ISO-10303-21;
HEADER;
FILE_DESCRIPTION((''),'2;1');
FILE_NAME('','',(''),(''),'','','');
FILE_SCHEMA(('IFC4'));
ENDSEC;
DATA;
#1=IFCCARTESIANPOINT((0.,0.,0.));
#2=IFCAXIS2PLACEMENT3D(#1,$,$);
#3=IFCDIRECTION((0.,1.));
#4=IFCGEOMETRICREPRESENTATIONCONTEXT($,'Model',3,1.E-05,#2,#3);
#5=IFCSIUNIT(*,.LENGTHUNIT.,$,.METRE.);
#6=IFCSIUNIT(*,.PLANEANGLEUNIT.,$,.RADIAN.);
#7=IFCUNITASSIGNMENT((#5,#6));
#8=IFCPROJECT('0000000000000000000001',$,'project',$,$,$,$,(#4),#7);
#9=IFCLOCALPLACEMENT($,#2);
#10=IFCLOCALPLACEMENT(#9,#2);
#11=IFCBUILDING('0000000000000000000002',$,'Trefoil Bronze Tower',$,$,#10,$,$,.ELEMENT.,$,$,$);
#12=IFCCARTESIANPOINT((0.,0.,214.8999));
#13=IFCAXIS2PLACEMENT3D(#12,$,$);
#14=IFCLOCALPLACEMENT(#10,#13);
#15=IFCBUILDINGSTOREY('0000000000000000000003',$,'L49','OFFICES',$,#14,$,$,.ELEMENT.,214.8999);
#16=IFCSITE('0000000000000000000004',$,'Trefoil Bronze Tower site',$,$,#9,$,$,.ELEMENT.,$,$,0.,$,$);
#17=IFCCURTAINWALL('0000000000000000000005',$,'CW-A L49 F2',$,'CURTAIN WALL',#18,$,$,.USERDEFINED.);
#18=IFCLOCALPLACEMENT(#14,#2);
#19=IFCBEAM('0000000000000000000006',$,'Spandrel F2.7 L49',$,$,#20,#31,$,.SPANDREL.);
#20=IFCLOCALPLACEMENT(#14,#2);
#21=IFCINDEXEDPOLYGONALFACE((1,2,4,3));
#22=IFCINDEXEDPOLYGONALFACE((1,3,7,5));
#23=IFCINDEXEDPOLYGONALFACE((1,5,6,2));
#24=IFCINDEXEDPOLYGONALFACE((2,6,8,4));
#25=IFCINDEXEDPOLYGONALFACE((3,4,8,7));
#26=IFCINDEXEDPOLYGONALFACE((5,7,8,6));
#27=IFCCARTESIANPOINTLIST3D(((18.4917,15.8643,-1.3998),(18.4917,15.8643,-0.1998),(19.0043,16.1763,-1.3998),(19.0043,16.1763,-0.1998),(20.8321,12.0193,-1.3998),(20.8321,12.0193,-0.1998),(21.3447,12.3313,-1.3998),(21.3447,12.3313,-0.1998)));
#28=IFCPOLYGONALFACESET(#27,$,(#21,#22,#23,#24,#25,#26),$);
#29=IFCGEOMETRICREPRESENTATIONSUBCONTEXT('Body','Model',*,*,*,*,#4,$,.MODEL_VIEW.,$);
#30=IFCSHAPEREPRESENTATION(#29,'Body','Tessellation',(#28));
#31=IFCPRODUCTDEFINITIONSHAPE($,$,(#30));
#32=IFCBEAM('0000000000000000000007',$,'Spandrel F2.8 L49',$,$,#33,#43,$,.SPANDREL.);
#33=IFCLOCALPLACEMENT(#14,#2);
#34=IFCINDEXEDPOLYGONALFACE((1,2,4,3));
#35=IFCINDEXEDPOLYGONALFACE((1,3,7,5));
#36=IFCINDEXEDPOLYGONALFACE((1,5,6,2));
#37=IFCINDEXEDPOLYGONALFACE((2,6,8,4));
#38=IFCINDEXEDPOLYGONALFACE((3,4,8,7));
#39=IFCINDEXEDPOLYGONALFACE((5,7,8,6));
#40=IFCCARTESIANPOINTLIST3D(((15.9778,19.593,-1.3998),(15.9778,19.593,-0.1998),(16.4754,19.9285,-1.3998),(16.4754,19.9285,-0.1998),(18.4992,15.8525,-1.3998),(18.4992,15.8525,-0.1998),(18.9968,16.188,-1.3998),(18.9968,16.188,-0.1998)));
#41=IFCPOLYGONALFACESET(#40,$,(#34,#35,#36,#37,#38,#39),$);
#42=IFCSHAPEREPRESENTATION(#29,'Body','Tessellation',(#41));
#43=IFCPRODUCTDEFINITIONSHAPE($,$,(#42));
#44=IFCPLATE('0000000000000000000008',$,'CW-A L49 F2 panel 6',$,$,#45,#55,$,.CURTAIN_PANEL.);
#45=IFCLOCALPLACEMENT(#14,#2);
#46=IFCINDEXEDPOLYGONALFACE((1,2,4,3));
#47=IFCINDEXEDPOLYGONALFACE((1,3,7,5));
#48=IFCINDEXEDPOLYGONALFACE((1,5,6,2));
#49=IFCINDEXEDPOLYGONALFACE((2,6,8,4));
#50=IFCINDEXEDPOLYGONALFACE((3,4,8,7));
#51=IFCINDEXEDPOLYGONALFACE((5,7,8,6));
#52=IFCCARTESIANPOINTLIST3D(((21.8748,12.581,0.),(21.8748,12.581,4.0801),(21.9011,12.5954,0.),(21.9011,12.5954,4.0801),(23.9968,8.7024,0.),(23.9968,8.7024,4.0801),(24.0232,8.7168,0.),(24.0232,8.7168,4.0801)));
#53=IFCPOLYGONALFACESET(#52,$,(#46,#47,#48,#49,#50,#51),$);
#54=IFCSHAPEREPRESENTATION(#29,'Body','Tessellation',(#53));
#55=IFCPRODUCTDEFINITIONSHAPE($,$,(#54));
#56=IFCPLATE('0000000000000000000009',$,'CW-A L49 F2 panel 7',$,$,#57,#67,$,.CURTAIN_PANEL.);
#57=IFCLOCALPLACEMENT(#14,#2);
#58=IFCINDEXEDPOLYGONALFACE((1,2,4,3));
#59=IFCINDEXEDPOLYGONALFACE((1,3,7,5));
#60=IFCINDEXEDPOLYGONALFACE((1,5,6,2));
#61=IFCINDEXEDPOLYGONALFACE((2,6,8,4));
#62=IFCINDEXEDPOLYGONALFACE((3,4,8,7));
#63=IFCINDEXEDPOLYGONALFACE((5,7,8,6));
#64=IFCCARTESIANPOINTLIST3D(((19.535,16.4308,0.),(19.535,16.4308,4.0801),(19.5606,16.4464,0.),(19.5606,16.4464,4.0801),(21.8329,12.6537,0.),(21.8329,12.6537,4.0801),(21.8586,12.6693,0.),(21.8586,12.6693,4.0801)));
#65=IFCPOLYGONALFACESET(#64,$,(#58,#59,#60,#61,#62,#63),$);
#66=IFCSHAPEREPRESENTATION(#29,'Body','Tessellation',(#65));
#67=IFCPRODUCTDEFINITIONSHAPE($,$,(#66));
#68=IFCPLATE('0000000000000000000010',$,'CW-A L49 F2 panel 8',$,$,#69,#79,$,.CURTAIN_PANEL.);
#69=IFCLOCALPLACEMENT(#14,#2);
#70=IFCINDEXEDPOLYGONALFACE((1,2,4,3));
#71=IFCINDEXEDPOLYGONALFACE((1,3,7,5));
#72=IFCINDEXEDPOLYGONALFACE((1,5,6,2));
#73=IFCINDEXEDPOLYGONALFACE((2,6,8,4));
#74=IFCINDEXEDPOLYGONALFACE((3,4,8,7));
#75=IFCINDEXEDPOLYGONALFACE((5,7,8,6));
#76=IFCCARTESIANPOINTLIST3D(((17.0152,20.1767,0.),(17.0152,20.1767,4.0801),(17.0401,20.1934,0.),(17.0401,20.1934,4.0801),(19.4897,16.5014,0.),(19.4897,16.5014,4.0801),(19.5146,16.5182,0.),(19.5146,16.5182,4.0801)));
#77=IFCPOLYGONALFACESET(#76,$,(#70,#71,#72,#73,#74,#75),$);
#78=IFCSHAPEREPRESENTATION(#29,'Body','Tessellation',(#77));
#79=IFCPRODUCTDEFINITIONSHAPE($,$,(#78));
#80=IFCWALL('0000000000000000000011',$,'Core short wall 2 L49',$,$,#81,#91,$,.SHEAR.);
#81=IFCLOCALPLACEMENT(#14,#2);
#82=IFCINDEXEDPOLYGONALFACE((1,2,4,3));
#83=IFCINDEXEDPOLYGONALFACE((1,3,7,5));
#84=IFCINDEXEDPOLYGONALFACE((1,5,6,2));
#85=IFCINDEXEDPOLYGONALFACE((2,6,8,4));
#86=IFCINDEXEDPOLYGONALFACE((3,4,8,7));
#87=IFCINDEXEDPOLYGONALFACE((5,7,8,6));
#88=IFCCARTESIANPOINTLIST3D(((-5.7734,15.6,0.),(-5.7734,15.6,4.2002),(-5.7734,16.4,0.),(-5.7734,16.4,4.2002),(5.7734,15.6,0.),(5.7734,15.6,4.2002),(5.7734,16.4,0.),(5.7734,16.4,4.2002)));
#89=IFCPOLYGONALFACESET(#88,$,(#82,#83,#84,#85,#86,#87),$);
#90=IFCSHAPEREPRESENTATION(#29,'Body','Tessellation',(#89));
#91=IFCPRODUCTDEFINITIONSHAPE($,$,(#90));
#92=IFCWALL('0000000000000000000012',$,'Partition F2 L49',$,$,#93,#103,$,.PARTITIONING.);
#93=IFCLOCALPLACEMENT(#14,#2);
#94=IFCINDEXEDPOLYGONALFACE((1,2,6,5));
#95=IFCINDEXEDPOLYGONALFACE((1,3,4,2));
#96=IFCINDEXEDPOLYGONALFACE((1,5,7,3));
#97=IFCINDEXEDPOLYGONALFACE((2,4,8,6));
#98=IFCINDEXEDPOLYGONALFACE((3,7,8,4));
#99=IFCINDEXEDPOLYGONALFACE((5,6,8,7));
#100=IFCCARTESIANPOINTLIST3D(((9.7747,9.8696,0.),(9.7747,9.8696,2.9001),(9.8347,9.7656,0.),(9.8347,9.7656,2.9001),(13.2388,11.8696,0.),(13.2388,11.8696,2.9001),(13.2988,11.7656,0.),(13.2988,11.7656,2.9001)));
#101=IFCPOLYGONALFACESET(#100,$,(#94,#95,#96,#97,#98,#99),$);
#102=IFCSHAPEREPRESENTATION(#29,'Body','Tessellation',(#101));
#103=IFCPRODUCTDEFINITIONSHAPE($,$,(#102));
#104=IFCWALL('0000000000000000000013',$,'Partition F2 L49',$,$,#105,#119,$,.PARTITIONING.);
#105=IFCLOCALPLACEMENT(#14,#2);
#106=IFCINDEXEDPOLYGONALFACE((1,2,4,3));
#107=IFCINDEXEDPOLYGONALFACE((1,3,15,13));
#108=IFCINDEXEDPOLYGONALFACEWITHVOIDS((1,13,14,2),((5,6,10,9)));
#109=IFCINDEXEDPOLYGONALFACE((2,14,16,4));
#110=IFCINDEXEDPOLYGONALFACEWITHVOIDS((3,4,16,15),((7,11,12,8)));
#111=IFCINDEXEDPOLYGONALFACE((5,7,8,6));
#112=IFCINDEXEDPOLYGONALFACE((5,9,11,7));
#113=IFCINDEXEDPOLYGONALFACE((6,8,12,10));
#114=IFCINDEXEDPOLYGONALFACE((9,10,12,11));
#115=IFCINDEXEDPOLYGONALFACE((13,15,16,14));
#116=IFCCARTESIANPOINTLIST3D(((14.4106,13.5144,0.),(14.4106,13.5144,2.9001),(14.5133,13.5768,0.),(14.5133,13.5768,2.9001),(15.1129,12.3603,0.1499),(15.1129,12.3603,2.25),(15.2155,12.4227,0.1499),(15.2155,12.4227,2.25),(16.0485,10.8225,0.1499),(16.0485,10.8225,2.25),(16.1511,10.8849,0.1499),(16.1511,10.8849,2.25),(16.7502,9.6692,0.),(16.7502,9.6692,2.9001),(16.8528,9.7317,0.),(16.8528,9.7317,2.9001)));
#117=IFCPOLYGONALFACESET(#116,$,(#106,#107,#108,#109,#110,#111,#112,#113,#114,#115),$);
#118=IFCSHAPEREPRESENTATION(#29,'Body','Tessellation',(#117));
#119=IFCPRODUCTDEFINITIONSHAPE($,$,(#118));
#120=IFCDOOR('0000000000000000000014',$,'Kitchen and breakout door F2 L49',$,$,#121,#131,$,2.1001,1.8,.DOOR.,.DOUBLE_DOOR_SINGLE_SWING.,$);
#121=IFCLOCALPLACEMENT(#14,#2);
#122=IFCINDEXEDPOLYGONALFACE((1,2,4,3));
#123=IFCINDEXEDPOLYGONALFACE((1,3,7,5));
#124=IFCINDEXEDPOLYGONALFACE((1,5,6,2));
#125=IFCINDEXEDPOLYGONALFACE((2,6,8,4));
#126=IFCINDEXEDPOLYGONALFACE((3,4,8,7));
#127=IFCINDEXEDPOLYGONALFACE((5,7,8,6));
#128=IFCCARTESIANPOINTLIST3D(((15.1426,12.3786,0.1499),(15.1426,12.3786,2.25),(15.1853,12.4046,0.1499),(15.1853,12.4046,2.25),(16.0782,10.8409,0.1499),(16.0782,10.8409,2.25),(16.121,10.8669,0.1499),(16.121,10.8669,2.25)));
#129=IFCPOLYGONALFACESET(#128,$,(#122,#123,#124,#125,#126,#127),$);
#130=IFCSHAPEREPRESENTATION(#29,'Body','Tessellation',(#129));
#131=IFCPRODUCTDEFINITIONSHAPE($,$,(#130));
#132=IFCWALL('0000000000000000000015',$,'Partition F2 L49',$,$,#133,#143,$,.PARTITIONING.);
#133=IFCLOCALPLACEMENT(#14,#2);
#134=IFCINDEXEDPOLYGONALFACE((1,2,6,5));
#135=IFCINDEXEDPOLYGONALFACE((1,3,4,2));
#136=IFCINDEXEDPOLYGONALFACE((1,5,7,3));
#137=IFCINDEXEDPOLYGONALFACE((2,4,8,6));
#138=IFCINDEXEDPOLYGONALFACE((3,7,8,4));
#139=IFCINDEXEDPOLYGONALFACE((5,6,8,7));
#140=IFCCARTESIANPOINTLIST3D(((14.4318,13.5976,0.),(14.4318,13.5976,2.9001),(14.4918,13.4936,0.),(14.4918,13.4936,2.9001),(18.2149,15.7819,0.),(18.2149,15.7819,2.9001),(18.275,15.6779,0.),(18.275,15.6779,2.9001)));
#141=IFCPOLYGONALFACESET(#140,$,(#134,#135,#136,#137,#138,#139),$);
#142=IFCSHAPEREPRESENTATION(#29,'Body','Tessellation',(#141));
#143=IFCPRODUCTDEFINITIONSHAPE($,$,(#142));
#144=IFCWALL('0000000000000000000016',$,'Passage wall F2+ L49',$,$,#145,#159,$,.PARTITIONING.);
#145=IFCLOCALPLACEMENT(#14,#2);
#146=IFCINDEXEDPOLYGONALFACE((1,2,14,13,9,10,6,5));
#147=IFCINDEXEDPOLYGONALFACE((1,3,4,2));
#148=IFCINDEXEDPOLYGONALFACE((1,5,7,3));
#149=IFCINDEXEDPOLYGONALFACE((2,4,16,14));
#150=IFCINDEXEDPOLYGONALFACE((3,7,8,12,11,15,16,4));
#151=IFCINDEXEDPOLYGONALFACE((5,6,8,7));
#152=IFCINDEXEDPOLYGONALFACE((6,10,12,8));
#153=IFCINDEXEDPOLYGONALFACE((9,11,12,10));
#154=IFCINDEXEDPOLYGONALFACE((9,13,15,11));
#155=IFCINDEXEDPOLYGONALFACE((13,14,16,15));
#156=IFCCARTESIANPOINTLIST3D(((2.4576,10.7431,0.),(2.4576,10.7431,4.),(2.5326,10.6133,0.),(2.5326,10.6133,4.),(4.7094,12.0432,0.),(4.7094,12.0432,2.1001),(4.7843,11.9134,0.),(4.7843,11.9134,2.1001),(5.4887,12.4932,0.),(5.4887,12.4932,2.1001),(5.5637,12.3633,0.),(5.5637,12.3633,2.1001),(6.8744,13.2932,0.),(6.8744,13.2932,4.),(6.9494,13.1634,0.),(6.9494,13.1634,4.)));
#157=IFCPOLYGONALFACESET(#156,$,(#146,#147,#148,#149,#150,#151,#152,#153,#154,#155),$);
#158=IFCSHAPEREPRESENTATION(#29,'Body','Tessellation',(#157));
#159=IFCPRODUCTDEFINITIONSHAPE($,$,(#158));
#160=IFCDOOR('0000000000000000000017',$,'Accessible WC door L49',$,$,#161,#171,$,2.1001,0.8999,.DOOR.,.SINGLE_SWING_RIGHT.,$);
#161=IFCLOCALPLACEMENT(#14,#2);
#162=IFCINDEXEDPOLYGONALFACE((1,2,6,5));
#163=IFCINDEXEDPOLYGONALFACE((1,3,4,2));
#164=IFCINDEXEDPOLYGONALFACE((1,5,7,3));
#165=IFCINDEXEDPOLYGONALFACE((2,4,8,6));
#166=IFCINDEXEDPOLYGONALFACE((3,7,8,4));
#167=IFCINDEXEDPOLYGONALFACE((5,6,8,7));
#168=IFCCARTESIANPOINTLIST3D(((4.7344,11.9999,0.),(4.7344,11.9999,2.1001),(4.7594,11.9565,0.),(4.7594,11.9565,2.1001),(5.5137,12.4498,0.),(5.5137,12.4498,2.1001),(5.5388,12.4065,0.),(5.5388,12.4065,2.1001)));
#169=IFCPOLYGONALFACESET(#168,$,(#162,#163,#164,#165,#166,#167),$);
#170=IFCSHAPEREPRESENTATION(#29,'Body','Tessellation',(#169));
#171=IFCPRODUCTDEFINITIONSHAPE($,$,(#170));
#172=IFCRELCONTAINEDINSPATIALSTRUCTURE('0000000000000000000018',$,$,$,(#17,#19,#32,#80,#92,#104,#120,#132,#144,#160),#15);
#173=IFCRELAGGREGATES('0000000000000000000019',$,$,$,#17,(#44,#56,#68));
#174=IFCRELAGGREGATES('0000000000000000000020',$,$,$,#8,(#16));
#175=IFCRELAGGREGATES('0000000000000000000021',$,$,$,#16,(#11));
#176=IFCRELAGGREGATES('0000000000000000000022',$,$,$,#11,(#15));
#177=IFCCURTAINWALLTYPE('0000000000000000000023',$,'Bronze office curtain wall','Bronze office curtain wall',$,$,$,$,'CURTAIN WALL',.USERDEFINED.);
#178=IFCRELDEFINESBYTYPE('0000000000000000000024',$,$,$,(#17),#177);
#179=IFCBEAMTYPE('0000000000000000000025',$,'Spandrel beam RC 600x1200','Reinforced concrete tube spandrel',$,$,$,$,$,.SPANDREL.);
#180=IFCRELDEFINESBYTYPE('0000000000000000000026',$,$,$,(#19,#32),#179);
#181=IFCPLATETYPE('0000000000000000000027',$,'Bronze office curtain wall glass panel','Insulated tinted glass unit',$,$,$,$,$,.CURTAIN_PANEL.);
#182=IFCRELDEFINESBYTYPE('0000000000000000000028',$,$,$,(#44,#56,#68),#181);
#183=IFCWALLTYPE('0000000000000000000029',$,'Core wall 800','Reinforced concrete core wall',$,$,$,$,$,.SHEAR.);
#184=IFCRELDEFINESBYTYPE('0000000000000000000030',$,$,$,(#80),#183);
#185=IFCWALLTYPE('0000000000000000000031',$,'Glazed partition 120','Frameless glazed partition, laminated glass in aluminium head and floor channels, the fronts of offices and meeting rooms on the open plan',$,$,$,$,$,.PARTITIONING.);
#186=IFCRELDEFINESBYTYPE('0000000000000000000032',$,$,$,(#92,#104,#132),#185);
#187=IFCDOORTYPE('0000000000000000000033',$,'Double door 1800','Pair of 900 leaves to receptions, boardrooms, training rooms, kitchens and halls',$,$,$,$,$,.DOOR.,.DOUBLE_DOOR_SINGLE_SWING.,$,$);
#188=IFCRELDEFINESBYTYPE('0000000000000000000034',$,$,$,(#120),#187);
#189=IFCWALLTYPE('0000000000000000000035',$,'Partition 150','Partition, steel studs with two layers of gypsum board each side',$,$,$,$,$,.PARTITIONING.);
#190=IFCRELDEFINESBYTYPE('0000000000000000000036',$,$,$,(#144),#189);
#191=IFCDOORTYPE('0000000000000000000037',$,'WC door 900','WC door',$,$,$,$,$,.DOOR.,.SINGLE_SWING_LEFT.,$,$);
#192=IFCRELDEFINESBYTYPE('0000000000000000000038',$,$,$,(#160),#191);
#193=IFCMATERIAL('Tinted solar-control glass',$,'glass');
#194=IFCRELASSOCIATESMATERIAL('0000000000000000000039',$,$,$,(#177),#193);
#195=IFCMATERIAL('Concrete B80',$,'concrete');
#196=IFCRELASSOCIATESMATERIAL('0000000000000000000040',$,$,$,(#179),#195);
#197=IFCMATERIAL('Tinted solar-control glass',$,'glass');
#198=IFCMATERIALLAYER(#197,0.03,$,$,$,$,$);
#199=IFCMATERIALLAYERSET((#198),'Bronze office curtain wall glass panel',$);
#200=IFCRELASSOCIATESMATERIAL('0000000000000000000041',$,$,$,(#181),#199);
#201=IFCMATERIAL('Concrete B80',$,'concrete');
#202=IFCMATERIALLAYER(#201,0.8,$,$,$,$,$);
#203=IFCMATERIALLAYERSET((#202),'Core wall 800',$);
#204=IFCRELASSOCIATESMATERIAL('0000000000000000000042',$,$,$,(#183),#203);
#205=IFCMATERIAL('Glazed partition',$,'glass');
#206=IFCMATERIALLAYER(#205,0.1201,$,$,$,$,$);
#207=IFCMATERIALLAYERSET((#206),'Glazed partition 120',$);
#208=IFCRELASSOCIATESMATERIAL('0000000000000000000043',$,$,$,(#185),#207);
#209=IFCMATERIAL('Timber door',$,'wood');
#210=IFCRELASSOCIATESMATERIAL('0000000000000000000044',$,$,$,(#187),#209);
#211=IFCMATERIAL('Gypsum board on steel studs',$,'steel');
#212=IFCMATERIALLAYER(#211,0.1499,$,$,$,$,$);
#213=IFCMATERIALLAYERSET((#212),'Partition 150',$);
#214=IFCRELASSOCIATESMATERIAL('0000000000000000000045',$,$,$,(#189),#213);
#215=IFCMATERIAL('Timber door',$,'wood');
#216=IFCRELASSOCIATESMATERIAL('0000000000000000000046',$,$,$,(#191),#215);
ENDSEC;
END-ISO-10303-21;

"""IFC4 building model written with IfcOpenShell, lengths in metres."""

from ifc_helpers import new_model, si_unit, direction, frame, frame_2d, origin, origin_2d, place, context, subcontext, project, spatial, rectangle, extrude, material, layer, layer_set, material_profile, profile_set, type_object, element, fill, aggregate, save


model = new_model("IFC4")

# Units and contexts
model_context = context("Model", 3, precision=1e-05, world=origin(), true_north=direction((0.0, 1.0)))
body_context = subcontext(model_context, "Body", "Model", "MODEL_VIEW")
ifc_project = project(units=[si_unit("LENGTHUNIT", "METRE"), si_unit("PLANEANGLEUNIT", "RADIAN")], contexts=[model_context])

# Site, building, storey
site_placement = place(None, origin())
site = spatial("IfcSite", under=ifc_project, at=site_placement, Name="Trefoil Bronze Tower site", CompositionType="ELEMENT", RefElevation=0.0)
building_placement = place(site_placement, origin())
building = spatial("IfcBuilding", under=site, at=building_placement, Name="Trefoil Bronze Tower", CompositionType="ELEMENT")
storey_placement = place(building_placement, frame((0.0, 0.0, 214.8999)))
storey = spatial("IfcBuildingStorey", under=building, at=storey_placement, Name="L49", Description="OFFICES", CompositionType="ELEMENT", Elevation=214.8999)

# Curtain wall
ifc_material_1 = material(Name="Tinted solar-control glass", Category="glass")
curtain_wall_type = type_object("IfcCurtainWallType", Name="Bronze office curtain wall", Description="Bronze office curtain wall", ElementType="CURTAIN WALL", PredefinedType="USERDEFINED", material=ifc_material_1)
curtain_wall_placement = place(storey_placement, origin())
curtain_wall = element("IfcCurtainWall", 1, at=curtain_wall_placement, inside=storey, type_object=curtain_wall_type, Name="CW-A L49 F2", ObjectType="CURTAIN WALL", PredefinedType="USERDEFINED")

# Beams
ifc_material_2 = material(Name="Concrete B80", Category="concrete")
ifc_material_profile_1 = material_profile(ifc_material_2, rectangle(XDim=0.6001, YDim=1.2, at=origin_2d()), Name="RC 600x1200")
ifc_profile_set_1 = profile_set([ifc_material_profile_1], Name="Concrete B80")
beam_type_1 = type_object("IfcBeamType", Name="Spandrel beam RC 600x1200", Description="Reinforced concrete tube spandrel", PredefinedType="SPANDREL", material=ifc_profile_set_1)
beam_1_placement = place(storey_placement, frame((21.0884, 12.1753, -0.7998), z_axis=(-0.519933, 0.854207, 0.0), x_axis=(-0.854207, -0.519933, 0.0)))
element("IfcBeam", 2, at=beam_1_placement, inside=storey, type_object=beam_type_1, Name="Spandrel F2.7 L49", PredefinedType="SPANDREL", context=body_context, shape_type="SweptSolid", body=[
    extrude(rectangle(XDim=0.6001, YDim=1.2, at=origin_2d()), origin(), (0.0, 0.0, 1.0), 4.5012),
])
beam_2_placement = place(storey_placement, frame((18.748, 16.0203, -0.7998), z_axis=(-0.558964, 0.829192, 0.0), x_axis=(-0.829192, -0.558964, 0.0)))
element("IfcBeam", 3, at=beam_2_placement, inside=storey, type_object=beam_type_1, Name="Spandrel F2.8 L49", PredefinedType="SPANDREL", context=body_context, shape_type="SweptSolid", body=[
    extrude(rectangle(XDim=0.6001, YDim=1.2, at=origin_2d()), origin(), (0.0, 0.0, 1.0), 4.511),
])

# Plates
ifc_material_3 = material(Name="Tinted solar-control glass", Category="glass")
ifc_layer_1 = layer(ifc_material_3, 0.03)
ifc_layer_set_1 = layer_set([ifc_layer_1], Name="Bronze office curtain wall glass panel")
plate_type = type_object("IfcPlateType", Name="Bronze office curtain wall glass panel", Description="Insulated tinted glass unit", PredefinedType="CURTAIN_PANEL", material=ifc_layer_set_1)
plate_1_placement = place(storey_placement, frame((22.949, 10.6489, 0.0), z_axis=(0.0, 0.0, 1.0), x_axis=(-0.479974, 0.877283, 0.0)))
plate_1 = element("IfcPlate", 4, at=plate_1_placement, type_object=plate_type, Name="CW-A L49 F2 panel 6", PredefinedType="CURTAIN_PANEL", context=body_context, shape_type="SweptSolid", body=[
    extrude(rectangle(XDim=4.4211, YDim=0.03, at=origin_2d()), origin(), (0.0, 0.0, 1.0), 4.0801),
])
plate_2_placement = place(storey_placement, frame((20.6968, 14.55, 0.0), z_axis=(0.0, 0.0, 1.0), x_axis=(-0.519762, 0.854311, 0.0)))
plate_2 = element("IfcPlate", 5, at=plate_2_placement, type_object=plate_type, Name="CW-A L49 F2 panel 7", PredefinedType="CURTAIN_PANEL", context=body_context, shape_type="SweptSolid", body=[
    extrude(rectangle(XDim=4.4211, YDim=0.03, at=origin_2d()), origin(), (0.0, 0.0, 1.0), 4.0801),
])
plate_3_placement = place(storey_placement, frame((18.2649, 18.3474, 0.0), z_axis=(0.0, 0.0, 1.0), x_axis=(-0.558493, 0.829509, 0.0)))
plate_3 = element("IfcPlate", 6, at=plate_3_placement, type_object=plate_type, Name="CW-A L49 F2 panel 8", PredefinedType="CURTAIN_PANEL", context=body_context, shape_type="SweptSolid", body=[
    extrude(rectangle(XDim=4.4307, YDim=0.03, at=origin_2d()), origin(), (0.0, 0.0, 1.0), 4.0801),
])
aggregate(curtain_wall, [plate_1, plate_2, plate_3])

# Walls
ifc_material_4 = material(Name="Concrete B80", Category="concrete")
ifc_layer_2 = layer(ifc_material_4, 0.8)
ifc_layer_set_2 = layer_set([ifc_layer_2], Name="Core wall 800")
wall_type_1 = type_object("IfcWallType", Name="Core wall 800", Description="Reinforced concrete core wall", PredefinedType="SHEAR", material=ifc_layer_set_2)
wall_1_placement = place(storey_placement, frame((5.7734, 16.0, 0.0), z_axis=(0.0, 0.0, 1.0), x_axis=(-1.0, 0.0, 0.0)))
element("IfcWall", 7, at=wall_1_placement, inside=storey, type_object=wall_type_1, Name="Core short wall 2 L49", PredefinedType="SHEAR", context=body_context, shape_type="SweptSolid", body=[
    extrude(rectangle(XDim=11.5469, YDim=0.8, at=frame_2d((5.7734, 0.0))), origin(), (0.0, 0.0, 1.0), 4.2002),
])
ifc_material_5 = material(Name="Glazed partition", Category="glass")
ifc_layer_3 = layer(ifc_material_5, 0.1201)
ifc_layer_set_3 = layer_set([ifc_layer_3], Name="Glazed partition 120")
wall_type_2 = type_object("IfcWallType", Name="Glazed partition 120", Description="Frameless glazed partition, laminated glass in aluminium head and floor channels, the fronts of offices and meeting rooms on the open plan", PredefinedType="PARTITIONING", material=ifc_layer_set_3)
wall_2_placement = place(storey_placement, frame((9.8047, 9.8176, 0.0), z_axis=(0.0, 0.0, 1.0), x_axis=(0.866026, 0.499999, 0.0)))
element("IfcWall", 8, at=wall_2_placement, inside=storey, type_object=wall_type_2, Name="Partition F2 L49", PredefinedType="PARTITIONING", context=body_context, shape_type="SweptSolid", body=[
    extrude(rectangle(XDim=4.0, YDim=0.1201, at=frame_2d((2.0, 0.0))), origin(), (0.0, 0.0, 1.0), 2.9001),
])

# Wall, opening, door
wall_3_placement = place(storey_placement, frame((16.8015, 9.7004, 0.0), z_axis=(0.0, 0.0, 1.0), x_axis=(-0.51979, 0.854294, 0.0)))
wall_3 = element("IfcWall", 9, at=wall_3_placement, inside=storey, type_object=wall_type_2, Name="Partition F2 L49", PredefinedType="PARTITIONING", context=body_context, shape_type="SweptSolid", body=[
    extrude(rectangle(XDim=4.501, YDim=0.1201, at=frame_2d((2.2505, 0.0))), origin(), (0.0, 0.0, 1.0), 2.9001),
])
opening_1_placement = place(wall_3_placement, frame((1.3501, 0.0, 0.1499)))
opening_1 = element("IfcOpeningElement", 10, at=opening_1_placement, cuts=wall_3, PredefinedType="OPENING", context=body_context, shape_type="SweptSolid", body=[
    extrude(rectangle(XDim=1.8, YDim=2.1001, at=frame_2d((0.8999, 1.05))), frame((0.0, 0.0701, 0.0), z_axis=(0.0, -1.0, 0.0), x_axis=(1.0, 0.0, 0.0)), (0.0, 0.0, 1.0), 0.1401),
])
ifc_material_6 = material(Name="Timber door", Category="wood")
door_type_1 = type_object("IfcDoorType", Name="Double door 1800", Description="Pair of 900 leaves to receptions, boardrooms, training rooms, kitchens and halls", OperationType="DOUBLE_DOOR_SINGLE_SWING", PredefinedType="DOOR", material=ifc_material_6)
door_1_placement = place(opening_1_placement, frame((1.8, 0.0, 0.0), z_axis=(0.0, 0.0, 1.0), x_axis=(-1.0, 0.0, 0.0)))
door_1 = element("IfcDoor", 11, at=door_1_placement, inside=storey, type_object=door_type_1, Name="Kitchen and breakout door F2 L49", OperationType="DOUBLE_DOOR_SINGLE_SWING", OverallHeight=2.1001, OverallWidth=1.8, PredefinedType="DOOR", context=body_context, shape_type="SweptSolid", body=[
    extrude(rectangle(XDim=1.8, YDim=2.1001, at=frame_2d((0.8999, 1.05))), frame((0.0, 0.0249, 0.0), z_axis=(0.0, -1.0, 0.0), x_axis=(1.0, 0.0, 0.0)), (0.0, 0.0, 1.0), 0.05),
])
fill(opening_1, door_1)

# Wall
wall_4_placement = place(storey_placement, frame((14.4619, 13.5457, 0.0), z_axis=(0.0, 0.0, 1.0), x_axis=(0.866016, 0.500016, 0.0)))
element("IfcWall", 12, at=wall_4_placement, inside=storey, type_object=wall_type_2, Name="Partition F2 L49", PredefinedType="PARTITIONING", context=body_context, shape_type="SweptSolid", body=[
    extrude(rectangle(XDim=4.3684, YDim=0.1201, at=frame_2d((2.1841, 0.0))), origin(), (0.0, 0.0, 1.0), 2.9001),
])

# Wall, opening, door
ifc_material_7 = material(Name="Gypsum board on steel studs", Category="steel")
ifc_layer_4 = layer(ifc_material_7, 0.1499)
ifc_layer_set_4 = layer_set([ifc_layer_4], Name="Partition 150")
wall_type_3 = type_object("IfcWallType", Name="Partition 150", Description="Partition, steel studs with two layers of gypsum board each side", PredefinedType="PARTITIONING", material=ifc_layer_set_4)
wall_5_placement = place(storey_placement, frame((2.4951, 10.6782, 0.0), z_axis=(0.0, 0.0, 1.0), x_axis=(0.866022, 0.500006, 0.0)))
wall_5 = element("IfcWall", 13, at=wall_5_placement, inside=storey, type_object=wall_type_3, Name="Passage wall F2+ L49", PredefinedType="PARTITIONING", context=body_context, shape_type="SweptSolid", body=[
    extrude(rectangle(XDim=5.1001, YDim=0.1499, at=frame_2d((2.55, 0.0))), origin(), (0.0, 0.0, 1.0), 4.0),
])
opening_2_placement = place(wall_5_placement, frame((2.6001, 0.0, 0.0)))
opening_2 = element("IfcOpeningElement", 14, at=opening_2_placement, cuts=wall_5, PredefinedType="OPENING", context=body_context, shape_type="SweptSolid", body=[
    extrude(rectangle(XDim=0.8999, YDim=2.1001, at=frame_2d((0.45, 1.05))), frame((0.0, 0.085, 0.0), z_axis=(0.0, -1.0, 0.0), x_axis=(1.0, 0.0, 0.0)), (0.0, 0.0, 1.0), 0.1699),
])
ifc_material_8 = material(Name="Timber door", Category="wood")
door_type_2 = type_object("IfcDoorType", Name="WC door 900", Description="WC door", OperationType="SINGLE_SWING_LEFT", PredefinedType="DOOR", material=ifc_material_8)
door_2_placement = place(opening_2_placement, origin())
door_2 = element("IfcDoor", 15, at=door_2_placement, inside=storey, type_object=door_type_2, Name="Accessible WC door L49", OperationType="SINGLE_SWING_RIGHT", OverallHeight=2.1001, OverallWidth=0.8999, PredefinedType="DOOR", context=body_context, shape_type="SweptSolid", body=[
    extrude(rectangle(XDim=0.8999, YDim=2.1001, at=frame_2d((0.45, 1.05))), frame((0.0, 0.0249, 0.0), z_axis=(0.0, -1.0, 0.0), x_axis=(1.0, 0.0, 0.0)), (0.0, 0.0, 1.0), 0.05),
])
fill(opening_2, door_2)

save(model, "model.ifc")
